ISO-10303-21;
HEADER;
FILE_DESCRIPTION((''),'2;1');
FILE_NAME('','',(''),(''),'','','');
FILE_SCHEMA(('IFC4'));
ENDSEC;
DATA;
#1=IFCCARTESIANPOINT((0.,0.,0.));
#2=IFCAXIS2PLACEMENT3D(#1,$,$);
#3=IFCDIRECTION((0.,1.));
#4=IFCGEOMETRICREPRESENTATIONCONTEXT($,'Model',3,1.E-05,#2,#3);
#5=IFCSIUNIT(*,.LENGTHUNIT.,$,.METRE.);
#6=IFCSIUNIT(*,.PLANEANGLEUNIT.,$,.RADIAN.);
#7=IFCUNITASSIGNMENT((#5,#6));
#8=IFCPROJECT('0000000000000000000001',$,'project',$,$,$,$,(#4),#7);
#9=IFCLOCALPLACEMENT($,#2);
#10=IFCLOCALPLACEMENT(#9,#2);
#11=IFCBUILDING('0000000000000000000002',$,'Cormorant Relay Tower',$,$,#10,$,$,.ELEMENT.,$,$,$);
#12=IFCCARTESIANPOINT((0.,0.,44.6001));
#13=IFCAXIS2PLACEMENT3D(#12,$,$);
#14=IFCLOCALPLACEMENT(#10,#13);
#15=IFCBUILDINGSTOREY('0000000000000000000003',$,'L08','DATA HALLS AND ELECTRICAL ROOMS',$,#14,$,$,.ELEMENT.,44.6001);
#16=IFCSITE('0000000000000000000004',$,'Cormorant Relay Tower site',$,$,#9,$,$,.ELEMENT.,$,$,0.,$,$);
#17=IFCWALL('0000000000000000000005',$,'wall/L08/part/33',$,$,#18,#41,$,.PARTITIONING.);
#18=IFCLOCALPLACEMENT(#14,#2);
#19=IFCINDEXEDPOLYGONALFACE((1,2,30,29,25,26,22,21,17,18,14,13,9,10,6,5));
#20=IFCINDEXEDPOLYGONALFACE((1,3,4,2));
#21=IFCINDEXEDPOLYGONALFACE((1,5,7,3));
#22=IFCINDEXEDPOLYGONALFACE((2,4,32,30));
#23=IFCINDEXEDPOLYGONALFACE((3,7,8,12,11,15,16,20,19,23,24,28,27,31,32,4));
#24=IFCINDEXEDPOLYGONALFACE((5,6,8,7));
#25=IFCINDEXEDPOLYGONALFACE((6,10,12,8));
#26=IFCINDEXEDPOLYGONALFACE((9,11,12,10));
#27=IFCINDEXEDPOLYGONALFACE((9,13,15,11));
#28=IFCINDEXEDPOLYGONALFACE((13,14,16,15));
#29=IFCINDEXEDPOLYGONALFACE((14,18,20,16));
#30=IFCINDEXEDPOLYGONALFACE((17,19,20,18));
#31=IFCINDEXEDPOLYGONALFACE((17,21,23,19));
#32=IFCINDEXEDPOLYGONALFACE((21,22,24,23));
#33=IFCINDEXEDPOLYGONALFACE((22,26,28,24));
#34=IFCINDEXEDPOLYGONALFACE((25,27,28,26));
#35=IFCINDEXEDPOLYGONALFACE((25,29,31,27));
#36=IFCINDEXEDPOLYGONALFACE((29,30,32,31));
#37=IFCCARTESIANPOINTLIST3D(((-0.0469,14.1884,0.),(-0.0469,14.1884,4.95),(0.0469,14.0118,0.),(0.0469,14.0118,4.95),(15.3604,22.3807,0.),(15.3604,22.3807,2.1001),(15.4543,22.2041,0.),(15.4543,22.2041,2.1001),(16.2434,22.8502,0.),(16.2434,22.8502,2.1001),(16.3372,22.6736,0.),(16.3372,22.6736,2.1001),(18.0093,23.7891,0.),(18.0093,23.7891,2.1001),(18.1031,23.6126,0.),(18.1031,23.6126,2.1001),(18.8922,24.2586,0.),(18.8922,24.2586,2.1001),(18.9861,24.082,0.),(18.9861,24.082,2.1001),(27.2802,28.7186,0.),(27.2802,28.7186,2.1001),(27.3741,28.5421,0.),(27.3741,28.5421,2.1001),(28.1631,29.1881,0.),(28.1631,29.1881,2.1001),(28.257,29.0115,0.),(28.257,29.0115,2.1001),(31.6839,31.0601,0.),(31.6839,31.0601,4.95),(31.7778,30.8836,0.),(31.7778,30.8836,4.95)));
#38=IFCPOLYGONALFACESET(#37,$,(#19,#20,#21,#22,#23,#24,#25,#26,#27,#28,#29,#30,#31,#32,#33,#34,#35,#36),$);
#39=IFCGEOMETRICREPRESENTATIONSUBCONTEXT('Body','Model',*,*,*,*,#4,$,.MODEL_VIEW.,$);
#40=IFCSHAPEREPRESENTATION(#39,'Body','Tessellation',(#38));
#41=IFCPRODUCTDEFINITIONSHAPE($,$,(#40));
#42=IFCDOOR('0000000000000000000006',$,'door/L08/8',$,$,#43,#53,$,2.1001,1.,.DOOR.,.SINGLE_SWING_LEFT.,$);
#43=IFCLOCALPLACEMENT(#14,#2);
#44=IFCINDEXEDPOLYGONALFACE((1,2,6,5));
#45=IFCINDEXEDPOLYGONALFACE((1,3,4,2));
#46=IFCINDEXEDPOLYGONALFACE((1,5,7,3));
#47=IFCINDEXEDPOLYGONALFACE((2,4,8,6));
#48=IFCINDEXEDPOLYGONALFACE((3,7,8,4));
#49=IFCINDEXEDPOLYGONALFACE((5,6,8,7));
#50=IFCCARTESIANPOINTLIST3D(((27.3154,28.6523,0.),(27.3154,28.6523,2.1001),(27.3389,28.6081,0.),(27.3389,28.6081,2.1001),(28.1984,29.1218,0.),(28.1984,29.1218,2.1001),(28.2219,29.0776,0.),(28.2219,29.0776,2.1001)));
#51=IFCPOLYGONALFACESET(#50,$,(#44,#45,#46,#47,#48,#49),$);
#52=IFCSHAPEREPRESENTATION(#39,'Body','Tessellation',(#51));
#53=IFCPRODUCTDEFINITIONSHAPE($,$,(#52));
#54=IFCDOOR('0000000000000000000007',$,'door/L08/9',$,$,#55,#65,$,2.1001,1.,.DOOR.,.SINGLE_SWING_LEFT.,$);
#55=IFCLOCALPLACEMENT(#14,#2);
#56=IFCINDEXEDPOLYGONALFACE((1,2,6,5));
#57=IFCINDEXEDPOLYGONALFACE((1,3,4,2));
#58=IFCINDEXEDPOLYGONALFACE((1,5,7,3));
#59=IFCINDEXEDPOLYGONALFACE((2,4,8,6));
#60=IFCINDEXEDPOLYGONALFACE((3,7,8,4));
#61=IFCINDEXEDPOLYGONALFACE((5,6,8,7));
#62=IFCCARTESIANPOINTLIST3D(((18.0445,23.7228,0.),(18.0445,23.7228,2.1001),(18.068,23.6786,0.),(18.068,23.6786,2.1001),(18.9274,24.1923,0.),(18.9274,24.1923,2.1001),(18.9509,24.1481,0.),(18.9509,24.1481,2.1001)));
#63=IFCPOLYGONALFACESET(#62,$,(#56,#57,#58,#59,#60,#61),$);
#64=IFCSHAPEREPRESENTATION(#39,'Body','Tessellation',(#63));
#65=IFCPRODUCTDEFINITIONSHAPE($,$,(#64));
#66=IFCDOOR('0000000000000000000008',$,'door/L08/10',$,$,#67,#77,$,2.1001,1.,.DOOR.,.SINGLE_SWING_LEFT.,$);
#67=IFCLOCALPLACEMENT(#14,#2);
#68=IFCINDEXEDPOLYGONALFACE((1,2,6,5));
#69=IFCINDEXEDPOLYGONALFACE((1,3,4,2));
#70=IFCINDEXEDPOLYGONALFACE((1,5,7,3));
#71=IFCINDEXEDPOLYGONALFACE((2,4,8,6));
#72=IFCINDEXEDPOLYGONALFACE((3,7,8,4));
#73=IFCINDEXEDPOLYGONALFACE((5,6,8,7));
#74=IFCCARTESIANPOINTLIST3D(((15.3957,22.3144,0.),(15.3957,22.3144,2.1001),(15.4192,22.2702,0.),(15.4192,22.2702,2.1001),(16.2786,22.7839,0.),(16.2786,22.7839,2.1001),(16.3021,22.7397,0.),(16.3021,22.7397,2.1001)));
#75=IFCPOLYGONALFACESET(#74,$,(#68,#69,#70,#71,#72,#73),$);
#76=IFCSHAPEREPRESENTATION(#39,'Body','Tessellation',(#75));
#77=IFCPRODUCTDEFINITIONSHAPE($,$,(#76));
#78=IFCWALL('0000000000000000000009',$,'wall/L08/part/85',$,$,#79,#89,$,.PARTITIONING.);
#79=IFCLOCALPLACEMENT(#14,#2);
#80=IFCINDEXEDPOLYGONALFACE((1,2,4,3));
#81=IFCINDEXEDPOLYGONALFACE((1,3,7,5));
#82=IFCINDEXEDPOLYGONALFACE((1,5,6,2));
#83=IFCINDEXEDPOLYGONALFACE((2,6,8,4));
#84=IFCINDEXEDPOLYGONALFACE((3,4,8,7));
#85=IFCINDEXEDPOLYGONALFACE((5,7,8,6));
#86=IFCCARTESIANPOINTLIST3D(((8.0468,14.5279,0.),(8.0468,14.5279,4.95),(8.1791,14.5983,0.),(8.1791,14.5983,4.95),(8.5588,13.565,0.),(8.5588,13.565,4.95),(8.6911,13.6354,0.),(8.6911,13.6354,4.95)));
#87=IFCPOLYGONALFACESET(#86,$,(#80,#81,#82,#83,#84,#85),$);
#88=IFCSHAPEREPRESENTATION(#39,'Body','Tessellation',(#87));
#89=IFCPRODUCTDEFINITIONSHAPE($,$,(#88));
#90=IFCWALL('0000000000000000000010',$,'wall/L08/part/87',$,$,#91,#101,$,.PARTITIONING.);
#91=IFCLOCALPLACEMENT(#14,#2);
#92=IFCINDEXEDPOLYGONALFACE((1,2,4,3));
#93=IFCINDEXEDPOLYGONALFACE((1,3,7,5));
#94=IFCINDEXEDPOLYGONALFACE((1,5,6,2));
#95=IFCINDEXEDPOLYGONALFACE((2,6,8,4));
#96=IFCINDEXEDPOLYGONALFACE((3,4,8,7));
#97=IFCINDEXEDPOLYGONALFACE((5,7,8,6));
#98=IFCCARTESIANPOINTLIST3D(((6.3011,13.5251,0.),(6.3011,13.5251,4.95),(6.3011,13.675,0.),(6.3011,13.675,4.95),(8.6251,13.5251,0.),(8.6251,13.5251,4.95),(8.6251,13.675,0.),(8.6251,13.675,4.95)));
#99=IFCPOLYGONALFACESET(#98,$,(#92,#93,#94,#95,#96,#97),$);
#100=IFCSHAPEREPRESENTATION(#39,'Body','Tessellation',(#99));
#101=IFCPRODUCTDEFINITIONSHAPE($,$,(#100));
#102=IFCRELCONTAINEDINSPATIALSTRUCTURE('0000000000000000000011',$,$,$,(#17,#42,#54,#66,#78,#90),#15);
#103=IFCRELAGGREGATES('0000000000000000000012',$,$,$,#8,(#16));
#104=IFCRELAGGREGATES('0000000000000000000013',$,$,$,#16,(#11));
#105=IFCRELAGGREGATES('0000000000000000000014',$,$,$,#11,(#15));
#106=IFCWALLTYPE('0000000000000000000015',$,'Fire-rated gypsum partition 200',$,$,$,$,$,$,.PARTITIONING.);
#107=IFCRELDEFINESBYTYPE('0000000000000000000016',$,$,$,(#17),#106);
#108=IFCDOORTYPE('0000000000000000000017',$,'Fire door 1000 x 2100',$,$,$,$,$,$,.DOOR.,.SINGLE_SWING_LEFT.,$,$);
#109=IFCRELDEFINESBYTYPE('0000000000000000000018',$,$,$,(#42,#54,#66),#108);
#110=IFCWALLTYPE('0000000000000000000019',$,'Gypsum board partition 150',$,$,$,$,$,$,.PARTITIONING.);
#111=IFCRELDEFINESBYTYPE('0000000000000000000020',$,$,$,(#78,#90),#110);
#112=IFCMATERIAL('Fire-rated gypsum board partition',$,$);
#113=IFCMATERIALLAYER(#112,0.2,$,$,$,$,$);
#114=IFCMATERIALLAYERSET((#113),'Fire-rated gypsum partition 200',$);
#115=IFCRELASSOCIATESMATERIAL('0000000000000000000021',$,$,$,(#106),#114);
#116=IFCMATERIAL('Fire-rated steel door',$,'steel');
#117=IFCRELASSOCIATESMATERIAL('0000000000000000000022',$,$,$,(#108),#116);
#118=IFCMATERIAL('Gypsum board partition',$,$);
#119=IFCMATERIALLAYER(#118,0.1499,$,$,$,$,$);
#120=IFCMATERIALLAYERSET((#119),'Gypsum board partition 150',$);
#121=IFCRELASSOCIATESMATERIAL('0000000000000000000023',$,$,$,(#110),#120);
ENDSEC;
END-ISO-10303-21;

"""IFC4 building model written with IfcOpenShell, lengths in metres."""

from ifc_helpers import new_model, si_unit, direction, frame, frame_2d, origin, place, context, subcontext, project, spatial, rectangle, extrude, material, layer, layer_set, type_object, element, fill, save


model = new_model("IFC4")

# Units and contexts
model_context = context("Model", 3, precision=1e-05, world=origin(), true_north=direction((0.0, 1.0)))
body_context = subcontext(model_context, "Body", "Model", "MODEL_VIEW")
ifc_project = project(units=[si_unit("LENGTHUNIT", "METRE"), si_unit("PLANEANGLEUNIT", "RADIAN")], contexts=[model_context])

# Site, building, storey
site_placement = place(None, origin())
site = spatial("IfcSite", under=ifc_project, at=site_placement, Name="Cormorant Relay Tower site", CompositionType="ELEMENT", RefElevation=0.0)
building_placement = place(site_placement, origin())
building = spatial("IfcBuilding", under=site, at=building_placement, Name="Cormorant Relay Tower", CompositionType="ELEMENT")
storey_placement = place(building_placement, frame((0.0, 0.0, 44.6001)))
storey = spatial("IfcBuildingStorey", under=building, at=storey_placement, Name="L08", Description="DATA HALLS AND ELECTRICAL ROOMS", CompositionType="ELEMENT", Elevation=44.6001)

# Wall, openings, doors
ifc_material_1 = material(Name="Fire-rated gypsum board partition")
ifc_layer_1 = layer(ifc_material_1, 0.2)
ifc_layer_set_1 = layer_set([ifc_layer_1], Name="Fire-rated gypsum partition 200")
wall_type_1 = type_object("IfcWallType", Name="Fire-rated gypsum partition 200", PredefinedType="PARTITIONING", material=ifc_layer_set_1)
wall_1_placement = place(storey_placement, frame((0.0, 14.1001, 0.0), z_axis=(0.0, 0.0, 1.0), x_axis=(0.882946, 0.469475, 0.0)))
wall_1 = element("IfcWall", 1, at=wall_1_placement, inside=storey, type_object=wall_type_1, Name="wall/L08/part/33", PredefinedType="PARTITIONING", context=body_context, shape_type="SweptSolid", body=[
    extrude(rectangle(XDim=35.9375, YDim=0.2, at=frame_2d((17.9688, 0.0))), origin(), (0.0, 0.0, 1.0), 4.95),
])
opening_1_placement = place(wall_1_placement, frame((30.95, 0.0, 0.0)))
opening_1 = element("IfcOpeningElement", 2, at=opening_1_placement, cuts=wall_1, PredefinedType="OPENING", context=body_context, shape_type="SweptSolid", body=[
    extrude(rectangle(XDim=1.0, YDim=2.1001, at=frame_2d((0.5, 1.05))), frame((0.0, 0.1099, 0.0), z_axis=(0.0, -1.0, 0.0), x_axis=(1.0, 0.0, 0.0)), (0.0, 0.0, 1.0), 0.22),
])
opening_2_placement = place(wall_1_placement, frame((20.45, 0.0, 0.0)))
opening_2 = element("IfcOpeningElement", 3, at=opening_2_placement, cuts=wall_1, PredefinedType="OPENING", context=body_context, shape_type="SweptSolid", body=[
    extrude(rectangle(XDim=1.0, YDim=2.1001, at=frame_2d((0.5, 1.05))), frame((0.0, 0.1099, 0.0), z_axis=(0.0, -1.0, 0.0), x_axis=(1.0, 0.0, 0.0)), (0.0, 0.0, 1.0), 0.22),
])
opening_3_placement = place(wall_1_placement, frame((17.45, 0.0, 0.0)))
opening_3 = element("IfcOpeningElement", 4, at=opening_3_placement, cuts=wall_1, PredefinedType="OPENING", context=body_context, shape_type="SweptSolid", body=[
    extrude(rectangle(XDim=1.0, YDim=2.1001, at=frame_2d((0.5, 1.05))), frame((0.0, 0.1099, 0.0), z_axis=(0.0, -1.0, 0.0), x_axis=(1.0, 0.0, 0.0)), (0.0, 0.0, 1.0), 0.22),
])
ifc_material_2 = material(Name="Fire-rated steel door", Category="steel")
door_type = type_object("IfcDoorType", Name="Fire door 1000 x 2100", OperationType="SINGLE_SWING_LEFT", PredefinedType="DOOR", material=ifc_material_2)
door_1_placement = place(opening_1_placement, origin())
door_1 = element("IfcDoor", 5, at=door_1_placement, inside=storey, type_object=door_type, Name="door/L08/8", OperationType="SINGLE_SWING_LEFT", OverallHeight=2.1001, OverallWidth=1.0, PredefinedType="DOOR", context=body_context, shape_type="SweptSolid", body=[
    extrude(rectangle(XDim=1.0, YDim=2.1001, at=frame_2d((0.5, 1.05))), frame((0.0, 0.0249, 0.0), z_axis=(0.0, -1.0, 0.0), x_axis=(1.0, 0.0, 0.0)), (0.0, 0.0, 1.0), 0.05),
])
fill(opening_1, door_1)
door_2_placement = place(opening_2_placement, origin())
door_2 = element("IfcDoor", 6, at=door_2_placement, inside=storey, type_object=door_type, Name="door/L08/9", OperationType="SINGLE_SWING_LEFT", OverallHeight=2.1001, OverallWidth=1.0, PredefinedType="DOOR", context=body_context, shape_type="SweptSolid", body=[
    extrude(rectangle(XDim=1.0, YDim=2.1001, at=frame_2d((0.5, 1.05))), frame((0.0, 0.0249, 0.0), z_axis=(0.0, -1.0, 0.0), x_axis=(1.0, 0.0, 0.0)), (0.0, 0.0, 1.0), 0.05),
])
fill(opening_2, door_2)
door_3_placement = place(opening_3_placement, origin())
door_3 = element("IfcDoor", 7, at=door_3_placement, inside=storey, type_object=door_type, Name="door/L08/10", OperationType="SINGLE_SWING_LEFT", OverallHeight=2.1001, OverallWidth=1.0, PredefinedType="DOOR", context=body_context, shape_type="SweptSolid", body=[
    extrude(rectangle(XDim=1.0, YDim=2.1001, at=frame_2d((0.5, 1.05))), frame((0.0, 0.0249, 0.0), z_axis=(0.0, -1.0, 0.0), x_axis=(1.0, 0.0, 0.0)), (0.0, 0.0, 1.0), 0.05),
])
fill(opening_3, door_3)

# Walls
ifc_material_3 = material(Name="Gypsum board partition")
ifc_layer_2 = layer(ifc_material_3, 0.1499)
ifc_layer_set_2 = layer_set([ifc_layer_2], Name="Gypsum board partition 150")
wall_type_2 = type_object("IfcWallType", Name="Gypsum board partition 150", PredefinedType="PARTITIONING", material=ifc_layer_set_2)
wall_2_placement = place(storey_placement, frame((8.625, 13.6001, 0.0), z_axis=(0.0, 0.0, 1.0), x_axis=(-0.469461, 0.882953, 0.0)))
element("IfcWall", 8, at=wall_2_placement, inside=storey, type_object=wall_type_2, Name="wall/L08/part/85", PredefinedType="PARTITIONING", context=body_context, shape_type="SweptSolid", body=[
    extrude(rectangle(XDim=1.0906, YDim=0.1499, at=frame_2d((0.5454, 0.0))), origin(), (0.0, 0.0, 1.0), 4.95),
])
wall_3_placement = place(storey_placement, frame((6.301, 13.6001, 0.0), z_axis=(0.0, 0.0, 1.0), x_axis=(1.0, 0.0, 0.0)))
element("IfcWall", 9, at=wall_3_placement, inside=storey, type_object=wall_type_2, Name="wall/L08/part/87", PredefinedType="PARTITIONING", context=body_context, shape_type="SweptSolid", body=[
    extrude(rectangle(XDim=2.324, YDim=0.1499, at=frame_2d((1.1621, 0.0))), origin(), (0.0, 0.0, 1.0), 4.95),
])

save(model, "model.ifc")
